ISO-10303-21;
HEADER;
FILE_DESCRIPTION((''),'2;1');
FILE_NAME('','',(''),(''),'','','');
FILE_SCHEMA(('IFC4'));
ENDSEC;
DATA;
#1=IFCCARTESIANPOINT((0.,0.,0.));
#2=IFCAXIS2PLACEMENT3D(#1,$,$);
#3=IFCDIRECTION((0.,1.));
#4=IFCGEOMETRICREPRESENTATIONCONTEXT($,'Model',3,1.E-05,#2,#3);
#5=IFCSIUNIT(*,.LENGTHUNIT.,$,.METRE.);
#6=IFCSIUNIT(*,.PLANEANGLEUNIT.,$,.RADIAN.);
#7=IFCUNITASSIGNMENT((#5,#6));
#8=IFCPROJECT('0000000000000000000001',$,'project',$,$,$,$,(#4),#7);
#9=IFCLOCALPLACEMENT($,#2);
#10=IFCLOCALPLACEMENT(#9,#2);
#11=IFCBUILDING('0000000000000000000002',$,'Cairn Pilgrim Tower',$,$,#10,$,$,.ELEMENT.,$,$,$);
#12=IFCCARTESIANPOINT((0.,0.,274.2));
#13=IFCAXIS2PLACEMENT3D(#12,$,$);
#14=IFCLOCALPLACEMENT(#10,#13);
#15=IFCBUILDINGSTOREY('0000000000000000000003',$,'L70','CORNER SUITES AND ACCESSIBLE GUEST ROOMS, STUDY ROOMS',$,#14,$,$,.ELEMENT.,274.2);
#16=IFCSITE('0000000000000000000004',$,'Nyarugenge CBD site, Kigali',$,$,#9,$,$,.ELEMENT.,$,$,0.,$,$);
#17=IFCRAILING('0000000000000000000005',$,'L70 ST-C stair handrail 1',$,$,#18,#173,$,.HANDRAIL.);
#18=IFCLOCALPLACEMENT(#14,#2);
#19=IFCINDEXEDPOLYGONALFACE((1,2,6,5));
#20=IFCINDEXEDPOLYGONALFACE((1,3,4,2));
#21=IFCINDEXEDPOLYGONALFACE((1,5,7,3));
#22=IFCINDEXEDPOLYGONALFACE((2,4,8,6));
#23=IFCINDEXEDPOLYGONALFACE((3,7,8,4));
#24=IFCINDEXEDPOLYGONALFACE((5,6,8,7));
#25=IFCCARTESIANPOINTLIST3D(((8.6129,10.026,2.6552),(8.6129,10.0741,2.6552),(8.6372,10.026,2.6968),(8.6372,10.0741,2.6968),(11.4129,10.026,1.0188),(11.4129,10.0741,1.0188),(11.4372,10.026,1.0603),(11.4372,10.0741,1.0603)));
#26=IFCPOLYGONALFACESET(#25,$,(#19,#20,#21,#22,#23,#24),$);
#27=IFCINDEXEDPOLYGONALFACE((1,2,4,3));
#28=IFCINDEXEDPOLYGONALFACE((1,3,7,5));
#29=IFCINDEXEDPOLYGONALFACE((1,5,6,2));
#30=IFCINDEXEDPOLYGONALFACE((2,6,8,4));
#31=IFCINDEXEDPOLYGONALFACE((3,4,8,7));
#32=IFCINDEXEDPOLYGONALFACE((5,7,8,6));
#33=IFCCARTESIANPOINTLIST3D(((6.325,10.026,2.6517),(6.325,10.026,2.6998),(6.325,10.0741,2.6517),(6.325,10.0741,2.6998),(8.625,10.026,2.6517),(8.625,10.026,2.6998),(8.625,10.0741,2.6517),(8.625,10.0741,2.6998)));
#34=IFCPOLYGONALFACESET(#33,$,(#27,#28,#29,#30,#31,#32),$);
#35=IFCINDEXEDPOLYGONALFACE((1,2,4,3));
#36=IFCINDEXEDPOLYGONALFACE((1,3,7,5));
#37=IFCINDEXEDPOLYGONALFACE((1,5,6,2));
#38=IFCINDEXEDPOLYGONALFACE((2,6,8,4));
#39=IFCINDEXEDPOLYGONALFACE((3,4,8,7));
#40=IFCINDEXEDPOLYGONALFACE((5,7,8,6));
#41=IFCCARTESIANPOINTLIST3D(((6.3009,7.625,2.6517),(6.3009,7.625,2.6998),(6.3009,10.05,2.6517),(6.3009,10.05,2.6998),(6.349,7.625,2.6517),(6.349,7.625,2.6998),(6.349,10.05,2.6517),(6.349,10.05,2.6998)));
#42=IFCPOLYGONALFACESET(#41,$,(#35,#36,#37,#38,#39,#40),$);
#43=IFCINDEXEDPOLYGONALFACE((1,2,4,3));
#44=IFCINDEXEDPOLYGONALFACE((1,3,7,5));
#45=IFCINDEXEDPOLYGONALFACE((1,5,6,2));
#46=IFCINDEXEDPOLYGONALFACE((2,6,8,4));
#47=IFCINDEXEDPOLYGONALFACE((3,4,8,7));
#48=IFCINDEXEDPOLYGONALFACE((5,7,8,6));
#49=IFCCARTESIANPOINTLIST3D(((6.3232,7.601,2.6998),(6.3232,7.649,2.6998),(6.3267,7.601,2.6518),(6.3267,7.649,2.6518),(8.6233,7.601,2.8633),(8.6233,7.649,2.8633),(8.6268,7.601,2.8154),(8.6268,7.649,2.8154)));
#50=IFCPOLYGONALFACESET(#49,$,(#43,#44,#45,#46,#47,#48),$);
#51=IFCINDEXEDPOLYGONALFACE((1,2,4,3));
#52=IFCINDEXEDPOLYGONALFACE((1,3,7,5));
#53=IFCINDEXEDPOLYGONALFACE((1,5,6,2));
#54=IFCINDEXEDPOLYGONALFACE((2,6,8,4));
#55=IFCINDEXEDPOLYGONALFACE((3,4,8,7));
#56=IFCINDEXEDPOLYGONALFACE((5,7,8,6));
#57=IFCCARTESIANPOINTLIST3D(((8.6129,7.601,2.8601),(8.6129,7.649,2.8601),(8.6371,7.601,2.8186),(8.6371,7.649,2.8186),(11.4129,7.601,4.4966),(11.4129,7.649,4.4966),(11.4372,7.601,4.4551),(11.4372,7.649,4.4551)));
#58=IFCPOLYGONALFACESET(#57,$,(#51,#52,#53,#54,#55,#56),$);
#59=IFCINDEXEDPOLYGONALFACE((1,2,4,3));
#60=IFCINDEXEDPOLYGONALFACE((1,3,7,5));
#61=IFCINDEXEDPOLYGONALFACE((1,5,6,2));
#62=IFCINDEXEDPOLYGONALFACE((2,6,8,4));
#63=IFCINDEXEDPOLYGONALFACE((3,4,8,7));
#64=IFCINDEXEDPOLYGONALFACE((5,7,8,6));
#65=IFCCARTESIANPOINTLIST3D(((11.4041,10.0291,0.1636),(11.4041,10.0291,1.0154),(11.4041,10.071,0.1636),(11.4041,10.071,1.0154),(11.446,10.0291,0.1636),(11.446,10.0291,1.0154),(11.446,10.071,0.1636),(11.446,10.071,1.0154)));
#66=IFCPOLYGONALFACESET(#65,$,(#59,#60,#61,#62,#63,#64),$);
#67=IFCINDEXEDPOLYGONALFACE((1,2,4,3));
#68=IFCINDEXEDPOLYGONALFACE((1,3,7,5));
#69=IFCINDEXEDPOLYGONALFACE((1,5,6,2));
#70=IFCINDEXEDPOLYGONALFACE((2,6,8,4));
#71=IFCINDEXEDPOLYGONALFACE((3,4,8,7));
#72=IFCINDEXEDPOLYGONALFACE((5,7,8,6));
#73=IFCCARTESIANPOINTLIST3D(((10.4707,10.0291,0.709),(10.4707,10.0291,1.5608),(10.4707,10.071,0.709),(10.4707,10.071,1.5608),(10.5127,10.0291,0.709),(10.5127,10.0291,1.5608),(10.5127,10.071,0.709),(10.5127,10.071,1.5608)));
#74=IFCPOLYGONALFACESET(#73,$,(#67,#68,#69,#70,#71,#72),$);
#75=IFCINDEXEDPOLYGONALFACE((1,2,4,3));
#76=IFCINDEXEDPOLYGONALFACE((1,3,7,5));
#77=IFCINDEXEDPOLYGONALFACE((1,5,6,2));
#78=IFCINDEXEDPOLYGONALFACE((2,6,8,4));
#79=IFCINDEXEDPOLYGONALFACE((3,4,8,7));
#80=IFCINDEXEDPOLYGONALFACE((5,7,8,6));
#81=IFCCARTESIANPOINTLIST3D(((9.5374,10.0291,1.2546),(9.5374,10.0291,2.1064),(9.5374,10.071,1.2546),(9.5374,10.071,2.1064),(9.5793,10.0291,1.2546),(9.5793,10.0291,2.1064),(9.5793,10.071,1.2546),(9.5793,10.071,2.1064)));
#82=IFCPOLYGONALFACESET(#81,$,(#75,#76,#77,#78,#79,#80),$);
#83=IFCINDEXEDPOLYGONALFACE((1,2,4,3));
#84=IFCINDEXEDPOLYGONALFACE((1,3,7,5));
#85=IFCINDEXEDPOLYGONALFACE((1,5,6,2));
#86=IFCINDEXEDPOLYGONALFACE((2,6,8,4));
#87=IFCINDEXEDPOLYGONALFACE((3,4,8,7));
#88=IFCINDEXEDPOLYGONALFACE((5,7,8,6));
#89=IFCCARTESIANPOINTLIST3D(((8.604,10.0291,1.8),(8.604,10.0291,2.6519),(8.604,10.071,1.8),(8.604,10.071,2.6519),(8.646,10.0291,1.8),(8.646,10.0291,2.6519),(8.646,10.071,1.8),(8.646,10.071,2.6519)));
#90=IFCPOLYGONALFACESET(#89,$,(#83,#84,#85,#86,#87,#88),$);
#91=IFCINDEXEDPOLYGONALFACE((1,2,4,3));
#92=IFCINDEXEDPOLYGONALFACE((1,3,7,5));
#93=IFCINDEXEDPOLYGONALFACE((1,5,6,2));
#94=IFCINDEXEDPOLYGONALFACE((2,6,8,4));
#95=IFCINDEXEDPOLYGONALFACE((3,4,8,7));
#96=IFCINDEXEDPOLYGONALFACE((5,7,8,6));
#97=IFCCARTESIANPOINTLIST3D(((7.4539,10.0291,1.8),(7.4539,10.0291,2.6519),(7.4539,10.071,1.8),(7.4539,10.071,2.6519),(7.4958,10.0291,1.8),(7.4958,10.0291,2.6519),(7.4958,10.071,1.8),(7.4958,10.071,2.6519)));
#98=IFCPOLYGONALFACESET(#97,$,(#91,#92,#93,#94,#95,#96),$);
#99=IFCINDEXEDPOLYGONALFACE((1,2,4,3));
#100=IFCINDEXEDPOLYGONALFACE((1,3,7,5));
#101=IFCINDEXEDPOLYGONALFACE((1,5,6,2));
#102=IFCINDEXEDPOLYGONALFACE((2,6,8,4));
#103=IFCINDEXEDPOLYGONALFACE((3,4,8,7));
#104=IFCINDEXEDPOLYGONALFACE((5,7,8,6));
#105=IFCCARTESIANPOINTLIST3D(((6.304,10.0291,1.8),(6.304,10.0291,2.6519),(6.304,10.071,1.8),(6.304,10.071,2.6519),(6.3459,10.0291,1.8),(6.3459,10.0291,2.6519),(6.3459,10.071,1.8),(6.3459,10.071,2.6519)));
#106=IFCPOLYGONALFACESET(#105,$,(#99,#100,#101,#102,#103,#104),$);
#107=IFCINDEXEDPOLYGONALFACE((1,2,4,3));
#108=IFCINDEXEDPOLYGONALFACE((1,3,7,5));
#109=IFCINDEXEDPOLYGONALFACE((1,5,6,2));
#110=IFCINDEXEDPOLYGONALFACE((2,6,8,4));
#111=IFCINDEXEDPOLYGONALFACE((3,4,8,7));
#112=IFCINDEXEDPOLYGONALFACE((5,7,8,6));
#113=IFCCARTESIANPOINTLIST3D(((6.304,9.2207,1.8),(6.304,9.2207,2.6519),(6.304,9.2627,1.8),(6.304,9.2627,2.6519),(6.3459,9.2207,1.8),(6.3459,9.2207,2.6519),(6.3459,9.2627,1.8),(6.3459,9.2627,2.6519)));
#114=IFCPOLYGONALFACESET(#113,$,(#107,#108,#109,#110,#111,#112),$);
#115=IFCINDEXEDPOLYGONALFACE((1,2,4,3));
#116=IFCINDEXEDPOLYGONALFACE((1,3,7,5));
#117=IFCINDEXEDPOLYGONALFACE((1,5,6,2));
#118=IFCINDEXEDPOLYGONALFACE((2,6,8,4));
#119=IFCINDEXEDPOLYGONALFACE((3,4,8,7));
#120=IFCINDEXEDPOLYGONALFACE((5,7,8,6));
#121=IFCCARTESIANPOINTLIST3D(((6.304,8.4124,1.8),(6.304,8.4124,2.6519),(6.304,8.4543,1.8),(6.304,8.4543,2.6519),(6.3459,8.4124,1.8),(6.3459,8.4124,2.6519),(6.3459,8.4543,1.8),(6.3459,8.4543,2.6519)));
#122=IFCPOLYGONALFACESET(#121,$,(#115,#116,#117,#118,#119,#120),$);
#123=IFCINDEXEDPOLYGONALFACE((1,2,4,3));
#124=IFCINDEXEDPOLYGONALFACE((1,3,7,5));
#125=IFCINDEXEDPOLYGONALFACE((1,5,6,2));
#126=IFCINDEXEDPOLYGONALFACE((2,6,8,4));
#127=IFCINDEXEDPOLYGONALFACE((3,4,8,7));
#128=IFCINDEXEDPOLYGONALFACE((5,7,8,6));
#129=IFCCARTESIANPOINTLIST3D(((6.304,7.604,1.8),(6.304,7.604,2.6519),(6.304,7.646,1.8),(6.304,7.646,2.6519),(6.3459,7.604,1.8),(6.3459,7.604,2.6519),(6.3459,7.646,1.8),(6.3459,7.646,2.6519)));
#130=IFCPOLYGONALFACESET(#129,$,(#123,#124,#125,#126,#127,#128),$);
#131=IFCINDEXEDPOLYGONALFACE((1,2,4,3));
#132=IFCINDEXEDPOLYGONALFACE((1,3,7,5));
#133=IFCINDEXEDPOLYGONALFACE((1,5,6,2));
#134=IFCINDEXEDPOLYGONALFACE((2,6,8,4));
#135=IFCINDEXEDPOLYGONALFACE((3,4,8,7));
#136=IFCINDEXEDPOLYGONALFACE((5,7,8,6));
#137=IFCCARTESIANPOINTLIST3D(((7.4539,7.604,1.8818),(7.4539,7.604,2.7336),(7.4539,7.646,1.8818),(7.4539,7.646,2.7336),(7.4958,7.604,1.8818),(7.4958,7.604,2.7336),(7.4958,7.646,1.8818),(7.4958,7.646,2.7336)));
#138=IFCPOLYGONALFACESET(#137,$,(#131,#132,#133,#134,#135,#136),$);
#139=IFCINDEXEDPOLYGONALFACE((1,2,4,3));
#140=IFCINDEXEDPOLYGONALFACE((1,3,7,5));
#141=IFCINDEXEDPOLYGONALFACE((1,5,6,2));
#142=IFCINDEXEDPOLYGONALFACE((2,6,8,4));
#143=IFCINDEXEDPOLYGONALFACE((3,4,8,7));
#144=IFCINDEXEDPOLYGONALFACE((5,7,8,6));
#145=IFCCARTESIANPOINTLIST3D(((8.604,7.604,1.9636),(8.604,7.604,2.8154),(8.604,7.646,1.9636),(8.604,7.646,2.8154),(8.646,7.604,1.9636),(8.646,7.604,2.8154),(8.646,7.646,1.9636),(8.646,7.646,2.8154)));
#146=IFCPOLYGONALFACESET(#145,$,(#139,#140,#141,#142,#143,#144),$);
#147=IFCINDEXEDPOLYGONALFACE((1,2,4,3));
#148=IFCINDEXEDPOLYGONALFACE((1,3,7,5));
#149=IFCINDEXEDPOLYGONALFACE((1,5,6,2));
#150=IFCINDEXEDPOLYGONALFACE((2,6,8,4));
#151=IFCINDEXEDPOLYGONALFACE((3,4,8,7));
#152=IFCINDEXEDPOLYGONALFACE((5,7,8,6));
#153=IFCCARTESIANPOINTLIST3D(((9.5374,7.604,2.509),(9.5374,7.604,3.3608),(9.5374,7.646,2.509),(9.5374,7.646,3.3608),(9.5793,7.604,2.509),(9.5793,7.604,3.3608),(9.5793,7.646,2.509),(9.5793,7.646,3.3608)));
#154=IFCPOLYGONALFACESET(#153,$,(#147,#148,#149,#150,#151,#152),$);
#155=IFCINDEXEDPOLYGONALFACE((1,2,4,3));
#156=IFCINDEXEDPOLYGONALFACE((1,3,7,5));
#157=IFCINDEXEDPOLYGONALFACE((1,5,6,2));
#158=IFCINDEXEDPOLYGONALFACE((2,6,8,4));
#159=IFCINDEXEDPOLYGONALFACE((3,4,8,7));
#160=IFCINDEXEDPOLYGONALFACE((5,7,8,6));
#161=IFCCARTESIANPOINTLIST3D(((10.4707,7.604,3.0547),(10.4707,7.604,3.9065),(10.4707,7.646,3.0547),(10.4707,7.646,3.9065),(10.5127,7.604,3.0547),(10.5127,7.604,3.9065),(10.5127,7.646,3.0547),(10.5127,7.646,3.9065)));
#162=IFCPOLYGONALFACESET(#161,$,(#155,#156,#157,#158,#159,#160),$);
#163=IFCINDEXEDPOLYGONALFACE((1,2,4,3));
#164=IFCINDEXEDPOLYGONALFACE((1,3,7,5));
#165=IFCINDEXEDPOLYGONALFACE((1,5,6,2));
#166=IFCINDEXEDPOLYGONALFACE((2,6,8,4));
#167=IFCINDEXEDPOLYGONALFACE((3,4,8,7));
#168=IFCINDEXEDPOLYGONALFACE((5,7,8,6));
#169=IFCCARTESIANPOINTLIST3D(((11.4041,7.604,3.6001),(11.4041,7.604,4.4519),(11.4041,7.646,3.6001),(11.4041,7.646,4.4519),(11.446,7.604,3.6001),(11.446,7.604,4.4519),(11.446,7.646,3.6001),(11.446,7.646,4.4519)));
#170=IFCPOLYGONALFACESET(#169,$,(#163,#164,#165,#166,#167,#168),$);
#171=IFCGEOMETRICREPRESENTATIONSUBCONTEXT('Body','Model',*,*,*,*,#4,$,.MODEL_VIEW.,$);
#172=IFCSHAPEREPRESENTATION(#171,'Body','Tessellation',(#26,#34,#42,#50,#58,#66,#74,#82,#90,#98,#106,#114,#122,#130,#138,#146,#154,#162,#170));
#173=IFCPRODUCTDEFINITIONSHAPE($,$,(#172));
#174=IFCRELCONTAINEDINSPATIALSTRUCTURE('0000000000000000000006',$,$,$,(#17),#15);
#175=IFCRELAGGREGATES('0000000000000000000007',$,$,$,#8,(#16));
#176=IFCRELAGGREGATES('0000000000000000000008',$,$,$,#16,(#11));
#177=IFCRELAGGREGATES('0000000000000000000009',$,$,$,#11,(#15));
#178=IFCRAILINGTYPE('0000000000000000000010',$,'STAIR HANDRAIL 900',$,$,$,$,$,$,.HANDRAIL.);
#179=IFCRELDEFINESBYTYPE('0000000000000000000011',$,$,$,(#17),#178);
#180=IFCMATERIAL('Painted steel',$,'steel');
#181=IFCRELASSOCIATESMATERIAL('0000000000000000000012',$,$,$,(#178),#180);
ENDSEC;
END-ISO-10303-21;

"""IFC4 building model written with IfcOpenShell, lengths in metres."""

from ifc_helpers import new_model, si_unit, direction, frame, origin, origin_2d, place, context, subcontext, project, spatial, rectangle, extrude, material, type_object, element, save


model = new_model("IFC4")

# Units and contexts
model_context = context("Model", 3, precision=1e-05, world=origin(), true_north=direction((0.0, 1.0)))
body_context = subcontext(model_context, "Body", "Model", "MODEL_VIEW")
ifc_project = project(units=[si_unit("LENGTHUNIT", "METRE"), si_unit("PLANEANGLEUNIT", "RADIAN")], contexts=[model_context])

# Site, building, storey
site_placement = place(None, origin())
site = spatial("IfcSite", under=ifc_project, at=site_placement, Name="Nyarugenge CBD site, Kigali", CompositionType="ELEMENT", RefElevation=0.0)
building_placement = place(site_placement, origin())
building = spatial("IfcBuilding", under=site, at=building_placement, Name="Cairn Pilgrim Tower", CompositionType="ELEMENT")
storey_placement = place(building_placement, frame((0.0, 0.0, 274.2)))
storey = spatial("IfcBuildingStorey", under=building, at=storey_placement, Name="L70", Description="CORNER SUITES AND ACCESSIBLE GUEST ROOMS, STUDY ROOMS", CompositionType="ELEMENT", Elevation=274.2)

# Shared definitions
ifc_material_1 = material(Name="Painted steel", Category="steel")

# Railing
railing_type_1 = type_object("IfcRailingType", Name="STAIR HANDRAIL 900", PredefinedType="HANDRAIL", material=ifc_material_1)
railing_1_placement = place(storey_placement, frame((11.425, 10.05, 0.1636)))
element("IfcRailing", 1, at=railing_1_placement, inside=storey, type_object=railing_type_1, Name="L70 ST-C stair handrail 1", PredefinedType="HANDRAIL", context=body_context, shape_type="SweptSolid", body=[
    extrude(rectangle(XDim=0.0481, YDim=0.0481, at=origin_2d()), frame((0.0, 0.0, 0.876), z_axis=(-0.863361, 0.0, 0.504587), x_axis=(0.0, -1.0, 0.0)), (0.0, 0.0, 1.0), 3.2432),
    extrude(rectangle(XDim=0.0481, YDim=0.0481, at=origin_2d()), frame((-2.8, 0.0, 2.5122), z_axis=(-1.0, 0.0, 0.0), x_axis=(0.0, -1.0, 0.0)), (0.0, 0.0, 1.0), 2.3),
    extrude(rectangle(XDim=0.0481, YDim=0.0481, at=origin_2d()), frame((-5.1001, 0.0, 2.5122), z_axis=(0.0, -1.0, 0.0), x_axis=(1.0, 0.0, 0.0)), (0.0, 0.0, 1.0), 2.425),
    extrude(rectangle(XDim=0.0481, YDim=0.0481, at=origin_2d()), frame((-5.1001, -2.425, 2.5122), z_axis=(0.997481, 0.0, 0.070939), x_axis=(0.0, 1.0, 0.0)), (0.0, 0.0, 1.0), 2.3059),
    extrude(rectangle(XDim=0.0481, YDim=0.0481, at=origin_2d()), frame((-2.8, -2.425, 2.6758), z_axis=(0.863361, 0.0, 0.504587), x_axis=(0.0, 1.0, 0.0)), (0.0, 0.0, 1.0), 3.2432),
    extrude(rectangle(XDim=0.042, YDim=0.042, at=origin_2d()), origin(), (0.0, 0.0, 1.0), 0.8518),
    extrude(rectangle(XDim=0.042, YDim=0.042, at=origin_2d()), frame((-0.9333, 0.0, 0.5454)), (0.0, 0.0, 1.0), 0.8518),
    extrude(rectangle(XDim=0.042, YDim=0.042, at=origin_2d()), frame((-1.8667, 0.0, 1.0911)), (0.0, 0.0, 1.0), 0.8518),
    extrude(rectangle(XDim=0.042, YDim=0.042, at=origin_2d()), frame((-2.8, 0.0, 1.6365)), (0.0, 0.0, 1.0), 0.8518),
    extrude(rectangle(XDim=0.042, YDim=0.042, at=origin_2d()), frame((-3.9502, 0.0, 1.6365)), (0.0, 0.0, 1.0), 0.8518),
    extrude(rectangle(XDim=0.042, YDim=0.042, at=origin_2d()), frame((-5.1001, 0.0, 1.6365)), (0.0, 0.0, 1.0), 0.8518),
    extrude(rectangle(XDim=0.042, YDim=0.042, at=origin_2d()), frame((-5.1001, -0.8083, 1.6365)), (0.0, 0.0, 1.0), 0.8518),
    extrude(rectangle(XDim=0.042, YDim=0.042, at=origin_2d()), frame((-5.1001, -1.6167, 1.6365)), (0.0, 0.0, 1.0), 0.8518),
    extrude(rectangle(XDim=0.042, YDim=0.042, at=origin_2d()), frame((-5.1001, -2.425, 1.6365)), (0.0, 0.0, 1.0), 0.8518),
    extrude(rectangle(XDim=0.042, YDim=0.042, at=origin_2d()), frame((-3.9502, -2.425, 1.7183)), (0.0, 0.0, 1.0), 0.8518),
    extrude(rectangle(XDim=0.042, YDim=0.042, at=origin_2d()), frame((-2.8, -2.425, 1.8)), (0.0, 0.0, 1.0), 0.8518),
    extrude(rectangle(XDim=0.042, YDim=0.042, at=origin_2d()), frame((-1.8667, -2.425, 2.3455)), (0.0, 0.0, 1.0), 0.8518),
    extrude(rectangle(XDim=0.042, YDim=0.042, at=origin_2d()), frame((-0.9333, -2.425, 2.8911)), (0.0, 0.0, 1.0), 0.8518),
    extrude(rectangle(XDim=0.042, YDim=0.042, at=origin_2d()), frame((0.0, -2.425, 3.4365)), (0.0, 0.0, 1.0), 0.8518),
])

save(model, "model.ifc")
